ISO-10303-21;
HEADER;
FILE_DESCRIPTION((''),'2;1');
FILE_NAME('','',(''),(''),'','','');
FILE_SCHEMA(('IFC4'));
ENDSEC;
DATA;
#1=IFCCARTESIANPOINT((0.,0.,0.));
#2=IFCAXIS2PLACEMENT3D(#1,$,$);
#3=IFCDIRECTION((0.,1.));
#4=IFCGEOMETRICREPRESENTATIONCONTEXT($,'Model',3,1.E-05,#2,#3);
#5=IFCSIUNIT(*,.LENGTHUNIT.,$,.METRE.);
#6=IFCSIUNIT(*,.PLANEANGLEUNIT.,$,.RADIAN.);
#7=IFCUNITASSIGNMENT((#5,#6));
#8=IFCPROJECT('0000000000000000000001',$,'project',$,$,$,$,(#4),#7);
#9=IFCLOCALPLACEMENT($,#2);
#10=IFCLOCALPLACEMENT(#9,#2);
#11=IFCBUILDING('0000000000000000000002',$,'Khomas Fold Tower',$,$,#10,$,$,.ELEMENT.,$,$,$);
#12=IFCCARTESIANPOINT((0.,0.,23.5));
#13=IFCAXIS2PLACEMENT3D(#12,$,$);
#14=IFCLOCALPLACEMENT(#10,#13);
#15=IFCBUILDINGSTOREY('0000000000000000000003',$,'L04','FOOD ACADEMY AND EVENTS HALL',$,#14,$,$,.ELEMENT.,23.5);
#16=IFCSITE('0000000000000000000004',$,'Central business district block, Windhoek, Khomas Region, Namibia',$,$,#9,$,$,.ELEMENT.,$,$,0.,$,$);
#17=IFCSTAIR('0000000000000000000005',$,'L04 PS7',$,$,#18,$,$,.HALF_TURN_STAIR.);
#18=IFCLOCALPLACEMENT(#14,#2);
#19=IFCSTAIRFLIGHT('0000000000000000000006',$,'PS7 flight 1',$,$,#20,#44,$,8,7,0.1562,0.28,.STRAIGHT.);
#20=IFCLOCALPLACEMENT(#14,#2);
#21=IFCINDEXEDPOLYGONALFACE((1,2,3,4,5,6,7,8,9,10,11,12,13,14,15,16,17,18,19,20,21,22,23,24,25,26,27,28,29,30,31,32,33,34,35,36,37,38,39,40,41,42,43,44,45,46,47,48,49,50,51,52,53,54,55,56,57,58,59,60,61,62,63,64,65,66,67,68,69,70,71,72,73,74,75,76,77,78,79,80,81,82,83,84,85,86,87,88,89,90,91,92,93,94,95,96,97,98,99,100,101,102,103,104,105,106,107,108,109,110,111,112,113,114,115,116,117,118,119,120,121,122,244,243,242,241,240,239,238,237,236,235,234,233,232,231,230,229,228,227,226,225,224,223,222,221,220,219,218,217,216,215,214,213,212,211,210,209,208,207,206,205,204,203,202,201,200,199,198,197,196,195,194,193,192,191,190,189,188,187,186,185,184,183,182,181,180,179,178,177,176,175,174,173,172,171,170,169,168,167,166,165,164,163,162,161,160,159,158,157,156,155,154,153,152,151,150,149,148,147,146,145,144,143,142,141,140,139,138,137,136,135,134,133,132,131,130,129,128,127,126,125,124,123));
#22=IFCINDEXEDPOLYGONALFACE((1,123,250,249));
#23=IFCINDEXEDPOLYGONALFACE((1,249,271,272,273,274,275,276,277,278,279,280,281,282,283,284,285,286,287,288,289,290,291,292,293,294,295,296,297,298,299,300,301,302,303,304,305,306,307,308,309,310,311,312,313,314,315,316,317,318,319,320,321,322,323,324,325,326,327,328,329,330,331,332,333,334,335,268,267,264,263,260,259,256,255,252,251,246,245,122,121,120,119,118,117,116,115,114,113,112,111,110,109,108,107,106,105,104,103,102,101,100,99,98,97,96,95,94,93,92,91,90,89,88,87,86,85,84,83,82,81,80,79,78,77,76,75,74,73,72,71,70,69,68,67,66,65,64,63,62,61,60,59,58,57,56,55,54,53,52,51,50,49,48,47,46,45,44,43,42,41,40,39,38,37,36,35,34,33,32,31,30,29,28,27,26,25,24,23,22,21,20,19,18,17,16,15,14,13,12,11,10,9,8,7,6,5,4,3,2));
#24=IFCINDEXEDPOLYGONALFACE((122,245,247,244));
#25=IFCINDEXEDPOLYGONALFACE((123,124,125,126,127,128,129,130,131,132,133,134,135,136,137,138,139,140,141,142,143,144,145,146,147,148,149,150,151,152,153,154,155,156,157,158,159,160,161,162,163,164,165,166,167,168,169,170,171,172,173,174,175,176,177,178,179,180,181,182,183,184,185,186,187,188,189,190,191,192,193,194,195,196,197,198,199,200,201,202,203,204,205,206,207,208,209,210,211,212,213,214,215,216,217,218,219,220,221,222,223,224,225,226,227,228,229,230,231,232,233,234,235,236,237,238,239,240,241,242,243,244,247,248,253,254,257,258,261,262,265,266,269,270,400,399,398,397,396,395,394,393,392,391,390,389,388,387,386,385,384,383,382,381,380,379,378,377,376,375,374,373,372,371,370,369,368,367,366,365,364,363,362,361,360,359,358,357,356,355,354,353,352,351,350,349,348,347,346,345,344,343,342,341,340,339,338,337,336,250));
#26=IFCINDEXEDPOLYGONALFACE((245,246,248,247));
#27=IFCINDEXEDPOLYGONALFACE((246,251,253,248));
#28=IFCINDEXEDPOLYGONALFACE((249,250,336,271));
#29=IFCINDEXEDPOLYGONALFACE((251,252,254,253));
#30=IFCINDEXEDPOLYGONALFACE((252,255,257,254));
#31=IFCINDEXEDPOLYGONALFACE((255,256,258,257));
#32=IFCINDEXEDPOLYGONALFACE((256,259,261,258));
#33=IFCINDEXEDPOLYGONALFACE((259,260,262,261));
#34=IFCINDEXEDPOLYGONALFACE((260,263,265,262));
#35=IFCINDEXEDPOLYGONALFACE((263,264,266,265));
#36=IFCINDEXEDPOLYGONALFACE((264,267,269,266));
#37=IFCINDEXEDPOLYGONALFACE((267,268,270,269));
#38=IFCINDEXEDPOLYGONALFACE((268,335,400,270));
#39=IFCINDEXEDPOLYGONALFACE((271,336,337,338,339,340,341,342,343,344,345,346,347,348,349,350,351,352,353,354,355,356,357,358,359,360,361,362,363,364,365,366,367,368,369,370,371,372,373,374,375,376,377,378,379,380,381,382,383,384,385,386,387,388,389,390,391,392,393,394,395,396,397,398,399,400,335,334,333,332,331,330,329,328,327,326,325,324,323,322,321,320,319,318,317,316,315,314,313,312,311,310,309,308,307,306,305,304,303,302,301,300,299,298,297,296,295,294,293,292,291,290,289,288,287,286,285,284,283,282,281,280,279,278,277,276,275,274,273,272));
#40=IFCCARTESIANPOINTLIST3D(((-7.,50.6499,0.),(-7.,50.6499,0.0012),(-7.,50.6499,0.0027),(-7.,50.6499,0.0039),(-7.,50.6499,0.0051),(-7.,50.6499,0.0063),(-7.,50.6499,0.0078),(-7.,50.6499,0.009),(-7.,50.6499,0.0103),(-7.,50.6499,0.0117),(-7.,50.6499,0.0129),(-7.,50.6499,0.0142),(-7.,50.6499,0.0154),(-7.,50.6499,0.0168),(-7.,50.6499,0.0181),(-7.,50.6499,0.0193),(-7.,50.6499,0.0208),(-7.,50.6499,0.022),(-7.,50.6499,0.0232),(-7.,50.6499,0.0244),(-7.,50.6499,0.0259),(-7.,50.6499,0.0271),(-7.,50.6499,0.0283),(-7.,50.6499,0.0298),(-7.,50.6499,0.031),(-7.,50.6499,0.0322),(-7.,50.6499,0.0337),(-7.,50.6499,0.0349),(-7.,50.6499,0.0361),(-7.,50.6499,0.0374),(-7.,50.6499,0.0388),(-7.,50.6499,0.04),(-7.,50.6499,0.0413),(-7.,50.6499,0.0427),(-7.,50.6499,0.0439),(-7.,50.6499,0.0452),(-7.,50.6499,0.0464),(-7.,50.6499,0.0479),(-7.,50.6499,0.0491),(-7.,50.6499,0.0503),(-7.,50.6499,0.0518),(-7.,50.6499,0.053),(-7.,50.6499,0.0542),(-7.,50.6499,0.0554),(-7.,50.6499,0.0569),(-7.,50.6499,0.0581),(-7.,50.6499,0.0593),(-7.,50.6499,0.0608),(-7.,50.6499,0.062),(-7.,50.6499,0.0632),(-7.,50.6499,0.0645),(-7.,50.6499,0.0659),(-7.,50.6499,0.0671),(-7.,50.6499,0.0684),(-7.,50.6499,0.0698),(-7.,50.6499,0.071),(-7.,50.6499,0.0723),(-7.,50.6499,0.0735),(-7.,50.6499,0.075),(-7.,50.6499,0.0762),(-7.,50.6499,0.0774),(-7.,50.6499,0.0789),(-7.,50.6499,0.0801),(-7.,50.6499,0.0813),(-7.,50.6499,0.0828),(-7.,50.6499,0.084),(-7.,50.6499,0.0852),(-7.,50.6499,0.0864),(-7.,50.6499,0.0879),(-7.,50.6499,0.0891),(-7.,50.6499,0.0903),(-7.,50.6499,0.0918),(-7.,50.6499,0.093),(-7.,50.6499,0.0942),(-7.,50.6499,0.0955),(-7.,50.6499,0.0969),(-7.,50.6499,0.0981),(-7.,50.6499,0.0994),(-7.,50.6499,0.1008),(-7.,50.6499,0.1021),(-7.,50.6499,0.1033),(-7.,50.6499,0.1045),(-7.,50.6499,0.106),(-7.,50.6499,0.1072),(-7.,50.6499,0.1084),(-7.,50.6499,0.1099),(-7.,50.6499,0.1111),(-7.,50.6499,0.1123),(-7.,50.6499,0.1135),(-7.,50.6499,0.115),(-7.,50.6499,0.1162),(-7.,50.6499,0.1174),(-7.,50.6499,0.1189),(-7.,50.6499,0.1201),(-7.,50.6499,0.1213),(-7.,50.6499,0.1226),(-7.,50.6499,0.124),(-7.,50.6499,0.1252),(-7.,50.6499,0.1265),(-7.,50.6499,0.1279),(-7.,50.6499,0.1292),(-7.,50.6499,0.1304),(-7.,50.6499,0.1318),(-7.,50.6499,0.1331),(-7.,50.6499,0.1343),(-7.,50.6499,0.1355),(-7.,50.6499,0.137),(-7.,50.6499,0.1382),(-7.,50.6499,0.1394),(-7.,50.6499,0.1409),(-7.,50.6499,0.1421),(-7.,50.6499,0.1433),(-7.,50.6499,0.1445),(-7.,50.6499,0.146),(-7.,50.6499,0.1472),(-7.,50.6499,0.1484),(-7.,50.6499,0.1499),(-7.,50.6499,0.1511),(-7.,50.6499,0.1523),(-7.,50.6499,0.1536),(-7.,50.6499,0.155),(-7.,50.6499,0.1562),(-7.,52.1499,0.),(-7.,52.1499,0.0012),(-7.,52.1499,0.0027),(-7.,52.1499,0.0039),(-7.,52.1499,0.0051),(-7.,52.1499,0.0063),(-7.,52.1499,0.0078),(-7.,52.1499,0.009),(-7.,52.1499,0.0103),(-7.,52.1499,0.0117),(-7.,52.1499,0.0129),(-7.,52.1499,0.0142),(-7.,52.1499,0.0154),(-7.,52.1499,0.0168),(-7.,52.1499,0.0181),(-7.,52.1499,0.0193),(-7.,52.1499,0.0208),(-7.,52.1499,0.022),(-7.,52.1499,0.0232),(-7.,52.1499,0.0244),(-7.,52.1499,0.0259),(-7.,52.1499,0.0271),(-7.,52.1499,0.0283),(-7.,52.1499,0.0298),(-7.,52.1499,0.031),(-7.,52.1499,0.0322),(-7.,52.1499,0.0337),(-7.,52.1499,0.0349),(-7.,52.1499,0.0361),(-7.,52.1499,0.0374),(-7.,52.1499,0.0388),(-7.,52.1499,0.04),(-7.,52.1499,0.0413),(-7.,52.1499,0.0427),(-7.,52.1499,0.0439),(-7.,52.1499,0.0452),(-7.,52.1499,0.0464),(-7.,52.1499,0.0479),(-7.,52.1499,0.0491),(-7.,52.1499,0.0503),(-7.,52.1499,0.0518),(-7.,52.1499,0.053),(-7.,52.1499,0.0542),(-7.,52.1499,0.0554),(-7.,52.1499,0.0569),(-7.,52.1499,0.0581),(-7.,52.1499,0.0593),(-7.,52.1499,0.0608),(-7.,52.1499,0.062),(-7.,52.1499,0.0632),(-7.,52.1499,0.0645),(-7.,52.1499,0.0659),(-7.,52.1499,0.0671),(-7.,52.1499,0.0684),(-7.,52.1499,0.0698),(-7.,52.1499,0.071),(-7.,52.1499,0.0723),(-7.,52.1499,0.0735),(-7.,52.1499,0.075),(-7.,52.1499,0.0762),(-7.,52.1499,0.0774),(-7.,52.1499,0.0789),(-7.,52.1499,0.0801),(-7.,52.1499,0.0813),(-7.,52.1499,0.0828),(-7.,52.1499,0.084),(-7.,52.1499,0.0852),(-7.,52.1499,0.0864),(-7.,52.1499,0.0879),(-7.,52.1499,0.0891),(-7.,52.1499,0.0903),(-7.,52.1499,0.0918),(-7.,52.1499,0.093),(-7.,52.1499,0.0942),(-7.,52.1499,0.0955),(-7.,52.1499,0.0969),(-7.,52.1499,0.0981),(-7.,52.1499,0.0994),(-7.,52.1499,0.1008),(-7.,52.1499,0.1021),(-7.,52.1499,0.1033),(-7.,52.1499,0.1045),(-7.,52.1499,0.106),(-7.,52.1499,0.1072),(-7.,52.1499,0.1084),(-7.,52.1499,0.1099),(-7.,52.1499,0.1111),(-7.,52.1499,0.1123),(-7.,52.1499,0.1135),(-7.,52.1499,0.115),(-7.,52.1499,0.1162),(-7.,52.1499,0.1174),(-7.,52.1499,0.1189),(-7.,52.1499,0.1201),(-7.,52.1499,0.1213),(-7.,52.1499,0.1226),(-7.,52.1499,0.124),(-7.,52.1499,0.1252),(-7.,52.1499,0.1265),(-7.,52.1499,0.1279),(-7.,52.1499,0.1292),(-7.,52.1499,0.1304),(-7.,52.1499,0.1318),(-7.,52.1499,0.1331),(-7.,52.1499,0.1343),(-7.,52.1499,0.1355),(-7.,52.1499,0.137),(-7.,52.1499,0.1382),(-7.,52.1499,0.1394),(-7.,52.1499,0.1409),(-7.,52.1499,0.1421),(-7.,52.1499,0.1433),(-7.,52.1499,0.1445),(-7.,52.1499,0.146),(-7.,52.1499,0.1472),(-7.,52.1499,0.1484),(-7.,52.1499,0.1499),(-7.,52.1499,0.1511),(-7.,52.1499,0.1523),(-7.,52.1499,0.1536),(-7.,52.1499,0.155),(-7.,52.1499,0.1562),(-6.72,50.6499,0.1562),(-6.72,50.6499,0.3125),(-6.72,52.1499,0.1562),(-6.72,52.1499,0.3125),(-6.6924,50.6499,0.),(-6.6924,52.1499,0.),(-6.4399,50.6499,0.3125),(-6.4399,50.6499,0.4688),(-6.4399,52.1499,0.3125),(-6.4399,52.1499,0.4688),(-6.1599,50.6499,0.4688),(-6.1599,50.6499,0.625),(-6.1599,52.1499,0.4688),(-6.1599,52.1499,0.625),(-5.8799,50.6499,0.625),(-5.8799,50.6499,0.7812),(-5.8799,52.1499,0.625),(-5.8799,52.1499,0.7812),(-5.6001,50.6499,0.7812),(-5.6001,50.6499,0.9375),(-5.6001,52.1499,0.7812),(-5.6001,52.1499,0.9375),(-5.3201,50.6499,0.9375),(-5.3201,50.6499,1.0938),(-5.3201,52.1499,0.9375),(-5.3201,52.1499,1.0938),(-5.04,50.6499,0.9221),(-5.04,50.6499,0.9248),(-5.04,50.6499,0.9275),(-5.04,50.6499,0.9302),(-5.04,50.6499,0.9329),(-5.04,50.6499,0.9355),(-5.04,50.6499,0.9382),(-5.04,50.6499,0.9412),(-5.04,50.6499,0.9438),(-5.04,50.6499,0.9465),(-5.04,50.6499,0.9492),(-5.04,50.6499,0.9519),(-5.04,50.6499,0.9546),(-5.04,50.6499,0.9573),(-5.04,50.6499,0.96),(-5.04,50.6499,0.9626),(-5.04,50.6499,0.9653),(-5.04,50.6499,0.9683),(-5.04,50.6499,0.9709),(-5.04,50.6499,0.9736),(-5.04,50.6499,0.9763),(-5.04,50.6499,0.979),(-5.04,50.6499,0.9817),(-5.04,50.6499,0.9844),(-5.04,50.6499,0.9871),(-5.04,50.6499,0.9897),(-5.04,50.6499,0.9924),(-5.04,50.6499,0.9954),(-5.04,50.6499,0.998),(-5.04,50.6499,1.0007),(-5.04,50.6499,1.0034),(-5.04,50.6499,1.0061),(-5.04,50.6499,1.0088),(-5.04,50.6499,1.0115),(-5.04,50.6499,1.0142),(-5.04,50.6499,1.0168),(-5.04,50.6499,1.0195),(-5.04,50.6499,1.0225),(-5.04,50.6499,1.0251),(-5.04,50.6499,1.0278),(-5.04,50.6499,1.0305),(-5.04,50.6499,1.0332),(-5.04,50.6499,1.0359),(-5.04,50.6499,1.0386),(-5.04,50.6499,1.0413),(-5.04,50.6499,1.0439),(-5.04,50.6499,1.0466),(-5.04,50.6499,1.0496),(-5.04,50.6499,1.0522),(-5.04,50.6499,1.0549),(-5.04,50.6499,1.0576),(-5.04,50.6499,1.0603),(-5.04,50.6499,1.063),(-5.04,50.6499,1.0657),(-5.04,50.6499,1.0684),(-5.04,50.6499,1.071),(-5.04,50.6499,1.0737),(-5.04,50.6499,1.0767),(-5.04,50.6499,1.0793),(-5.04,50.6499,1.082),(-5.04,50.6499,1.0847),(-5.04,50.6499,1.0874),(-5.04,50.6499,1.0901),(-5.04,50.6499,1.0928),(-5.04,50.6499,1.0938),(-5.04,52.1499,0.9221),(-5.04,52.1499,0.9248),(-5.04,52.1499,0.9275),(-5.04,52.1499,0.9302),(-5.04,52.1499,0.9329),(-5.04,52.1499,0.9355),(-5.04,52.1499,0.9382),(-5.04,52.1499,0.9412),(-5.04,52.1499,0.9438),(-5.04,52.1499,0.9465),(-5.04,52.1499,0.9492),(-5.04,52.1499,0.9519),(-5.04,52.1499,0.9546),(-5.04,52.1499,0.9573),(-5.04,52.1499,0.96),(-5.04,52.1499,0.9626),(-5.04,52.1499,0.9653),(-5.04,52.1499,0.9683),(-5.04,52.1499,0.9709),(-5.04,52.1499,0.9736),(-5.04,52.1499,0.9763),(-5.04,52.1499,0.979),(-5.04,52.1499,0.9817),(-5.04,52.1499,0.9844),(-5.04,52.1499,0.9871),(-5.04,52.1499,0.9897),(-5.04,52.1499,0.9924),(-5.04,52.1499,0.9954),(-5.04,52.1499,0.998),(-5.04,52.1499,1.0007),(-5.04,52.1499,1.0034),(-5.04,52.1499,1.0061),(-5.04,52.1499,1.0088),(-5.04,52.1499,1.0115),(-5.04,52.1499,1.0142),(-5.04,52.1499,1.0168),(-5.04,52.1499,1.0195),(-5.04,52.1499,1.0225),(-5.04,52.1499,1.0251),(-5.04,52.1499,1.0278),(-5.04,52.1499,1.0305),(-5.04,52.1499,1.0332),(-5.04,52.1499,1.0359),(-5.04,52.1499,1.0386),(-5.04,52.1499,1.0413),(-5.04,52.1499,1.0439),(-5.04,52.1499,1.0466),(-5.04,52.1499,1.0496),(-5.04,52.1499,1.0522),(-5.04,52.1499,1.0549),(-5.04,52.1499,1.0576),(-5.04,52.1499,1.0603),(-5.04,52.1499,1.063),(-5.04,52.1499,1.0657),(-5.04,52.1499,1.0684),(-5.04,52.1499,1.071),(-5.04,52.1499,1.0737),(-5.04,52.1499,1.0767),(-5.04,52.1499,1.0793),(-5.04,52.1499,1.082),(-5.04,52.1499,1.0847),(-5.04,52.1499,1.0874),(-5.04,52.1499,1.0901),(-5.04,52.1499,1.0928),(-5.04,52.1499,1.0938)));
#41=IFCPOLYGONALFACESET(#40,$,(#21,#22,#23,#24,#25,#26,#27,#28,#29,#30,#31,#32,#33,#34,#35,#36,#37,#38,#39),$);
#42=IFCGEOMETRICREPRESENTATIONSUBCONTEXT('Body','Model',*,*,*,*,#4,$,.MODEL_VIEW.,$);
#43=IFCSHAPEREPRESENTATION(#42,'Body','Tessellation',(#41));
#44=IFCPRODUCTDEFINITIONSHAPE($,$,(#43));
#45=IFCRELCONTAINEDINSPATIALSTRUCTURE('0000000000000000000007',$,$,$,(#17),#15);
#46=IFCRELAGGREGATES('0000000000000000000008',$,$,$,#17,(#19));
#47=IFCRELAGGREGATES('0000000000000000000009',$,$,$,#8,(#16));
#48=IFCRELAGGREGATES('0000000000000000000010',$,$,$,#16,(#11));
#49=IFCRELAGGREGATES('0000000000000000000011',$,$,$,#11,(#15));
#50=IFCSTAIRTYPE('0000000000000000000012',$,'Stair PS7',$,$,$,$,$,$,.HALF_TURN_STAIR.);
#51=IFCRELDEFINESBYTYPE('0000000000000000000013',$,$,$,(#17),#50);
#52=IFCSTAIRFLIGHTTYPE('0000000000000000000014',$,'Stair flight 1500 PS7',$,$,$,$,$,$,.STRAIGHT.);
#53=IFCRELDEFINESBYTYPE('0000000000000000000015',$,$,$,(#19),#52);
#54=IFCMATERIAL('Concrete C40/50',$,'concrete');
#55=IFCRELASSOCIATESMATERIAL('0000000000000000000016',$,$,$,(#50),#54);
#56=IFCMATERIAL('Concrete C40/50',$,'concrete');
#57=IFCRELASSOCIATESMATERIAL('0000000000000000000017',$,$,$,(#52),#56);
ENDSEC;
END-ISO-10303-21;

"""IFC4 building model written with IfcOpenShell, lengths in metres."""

from ifc_helpers import new_model, si_unit, direction, frame, origin, place, context, subcontext, project, spatial, polyline, outline, extrude, source, transform, mapped, material, type_object, element, aggregate, save


model = new_model("IFC4")

# Units and contexts
model_context = context("Model", 3, precision=1e-05, world=origin(), true_north=direction((0.0, 1.0)))
body_context = subcontext(model_context, "Body", "Model", "MODEL_VIEW")
ifc_project = project(units=[si_unit("LENGTHUNIT", "METRE"), si_unit("PLANEANGLEUNIT", "RADIAN")], contexts=[model_context])

# Site, building, storey
site_placement = place(None, origin())
site = spatial("IfcSite", under=ifc_project, at=site_placement, Name="Central business district block, Windhoek, Khomas Region, Namibia", CompositionType="ELEMENT", RefElevation=0.0)
building_placement = place(site_placement, origin())
building = spatial("IfcBuilding", under=site, at=building_placement, Name="Khomas Fold Tower", CompositionType="ELEMENT")
storey_placement = place(building_placement, frame((0.0, 0.0, 23.5)))
storey = spatial("IfcBuildingStorey", under=building, at=storey_placement, Name="L04", Description="FOOD ACADEMY AND EVENTS HALL", CompositionType="ELEMENT", Elevation=23.5)

# Stair, stair flight
ifc_material_1 = material(Name="Concrete C40/50", Category="concrete")
stair_type_1 = type_object("IfcStairType", Name="Stair PS7", PredefinedType="HALF_TURN_STAIR", material=ifc_material_1)
stair_1_placement = place(storey_placement, origin())
stair_1 = element("IfcStair", 1, at=stair_1_placement, inside=storey, type_object=stair_type_1, Name="L04 PS7", PredefinedType="HALF_TURN_STAIR")
ifc_material_2 = material(Name="Concrete C40/50", Category="concrete")
stair_flight_type_1 = type_object("IfcStairFlightType", Name="Stair flight 1500 PS7", PredefinedType="STRAIGHT", material=ifc_material_2)
shared_shape_1 = source(origin(), body_context, "Body", "SweptSolid", [
    extrude(outline(polyline([(0.0, 0.0), (0.0, 0.0012), (0.0, 0.0027), (0.0, 0.0039), (0.0, 0.0051), (0.0, 0.0063), (0.0, 0.0078), (0.0, 0.009), (0.0, 0.0103), (0.0, 0.0117), (0.0, 0.0129), (0.0, 0.0142), (0.0, 0.0154), (0.0, 0.0168), (0.0, 0.0181), (0.0, 0.0193), (0.0, 0.0208), (0.0, 0.022), (0.0, 0.0232), (0.0, 0.0244), (0.0, 0.0259), (0.0, 0.0271), (0.0, 0.0283), (0.0, 0.0298), (0.0, 0.031), (0.0, 0.0322), (0.0, 0.0337), (0.0, 0.0349), (0.0, 0.0361), (0.0, 0.0374), (0.0, 0.0388), (0.0, 0.04), (0.0, 0.0413), (0.0, 0.0427), (0.0, 0.0439), (0.0, 0.0452), (0.0, 0.0464), (0.0, 0.0479), (0.0, 0.0491), (0.0, 0.0503), (0.0, 0.0518), (0.0, 0.053), (0.0, 0.0542), (0.0, 0.0554), (0.0, 0.0569), (0.0, 0.0581), (0.0, 0.0593), (0.0, 0.0608), (0.0, 0.062), (0.0, 0.0632), (0.0, 0.0645), (0.0, 0.0659), (0.0, 0.0671), (0.0, 0.0684), (0.0, 0.0698), (0.0, 0.071), (0.0, 0.0723), (0.0, 0.0735), (0.0, 0.075), (0.0, 0.0762), (0.0, 0.0774), (0.0, 0.0789), (0.0, 0.0801), (0.0, 0.0813), (0.0, 0.0828), (0.0, 0.084), (0.0, 0.0852), (0.0, 0.0864), (0.0, 0.0879), (0.0, 0.0891), (0.0, 0.0903), (0.0, 0.0918), (0.0, 0.093), (0.0, 0.0942), (0.0, 0.0955), (0.0, 0.0969), (0.0, 0.0981), (0.0, 0.0994), (0.0, 0.1008), (0.0, 0.1021), (0.0, 0.1033), (0.0, 0.1045), (0.0, 0.106), (0.0, 0.1072), (0.0, 0.1084), (0.0, 0.1099), (0.0, 0.1111), (0.0, 0.1123), (0.0, 0.1135), (0.0, 0.115), (0.0, 0.1162), (0.0, 0.1174), (0.0, 0.1189), (0.0, 0.1201), (0.0, 0.1213), (0.0, 0.1226), (0.0, 0.124), (0.0, 0.1252), (0.0, 0.1265), (0.0, 0.1279), (0.0, 0.1292), (0.0, 0.1304), (0.0, 0.1318), (0.0, 0.1331), (0.0, 0.1343), (0.0, 0.1355), (0.0, 0.137), (0.0, 0.1382), (0.0, 0.1394), (0.0, 0.1409), (0.0, 0.1421), (0.0, 0.1433), (0.0, 0.1445), (0.0, 0.146), (0.0, 0.1472), (0.0, 0.1484), (0.0, 0.1499), (0.0, 0.1511), (0.0, 0.1523), (0.0, 0.1536), (0.0, 0.155), (0.0, 0.1562), (0.28, 0.1562), (0.28, 0.3125), (0.5601, 0.3125), (0.5601, 0.4688), (0.8401, 0.4688), (0.8401, 0.625), (1.1201, 0.625), (1.1201, 0.7812), (1.3999, 0.7812), (1.3999, 0.9375), (1.6799, 0.9375), (1.6799, 1.0938), (1.96, 1.0938), (1.96, 1.25), (1.96, 1.2473), (1.96, 1.2446), (1.96, 1.2419), (1.96, 1.2393), (1.96, 1.2363), (1.96, 1.2336), (1.96, 1.231), (1.96, 1.2283), (1.96, 1.2256), (1.96, 1.2229), (1.96, 1.2202), (1.96, 1.2175), (1.96, 1.2148), (1.96, 1.2122), (1.96, 1.2092), (1.96, 1.2065), (1.96, 1.2039), (1.96, 1.2012), (1.96, 1.1985), (1.96, 1.1958), (1.96, 1.1931), (1.96, 1.1904), (1.96, 1.1877), (1.96, 1.1851), (1.96, 1.1821), (1.96, 1.1794), (1.96, 1.1768), (1.96, 1.1741), (1.96, 1.1714), (1.96, 1.1687), (1.96, 1.166), (1.96, 1.1633), (1.96, 1.1606), (1.96, 1.158), (1.96, 1.155), (1.96, 1.1523), (1.96, 1.1497), (1.96, 1.147), (1.96, 1.1443), (1.96, 1.1416), (1.96, 1.1389), (1.96, 1.1362), (1.96, 1.1335), (1.96, 1.1309), (1.96, 1.1279), (1.96, 1.1252), (1.96, 1.1226), (1.96, 1.1199), (1.96, 1.1172), (1.96, 1.1145), (1.96, 1.1118), (1.96, 1.1091), (1.96, 1.1064), (1.96, 1.1038), (1.96, 1.1008), (1.96, 1.0981), (1.96, 1.0955), (1.96, 1.0928), (1.96, 1.0901), (1.96, 1.0874), (1.96, 1.0847), (1.96, 1.082), (1.96, 1.0793), (1.96, 1.0767), (1.96, 1.0737), (1.96, 1.071), (1.96, 1.0684), (1.96, 1.0657), (1.96, 1.063), (1.96, 1.0603), (1.96, 1.0576), (1.96, 1.0549), (1.96, 1.0522), (1.96, 1.0496), (1.96, 1.0466), (1.96, 1.0439), (1.96, 1.0413), (1.96, 1.0386), (1.96, 1.0359), (1.96, 1.0332), (1.96, 1.0305), (1.96, 1.0278), (1.96, 1.0251), (1.96, 1.0225), (1.96, 1.0195), (1.96, 1.0168), (1.96, 1.0142), (1.96, 1.0115), (1.96, 1.0088), (1.96, 1.0061), (1.96, 1.0034), (1.96, 1.0007), (1.96, 0.998), (1.96, 0.9954), (1.96, 0.9924), (1.96, 0.9897), (1.96, 0.9871), (1.96, 0.9844), (1.96, 0.9817), (1.96, 0.979), (1.96, 0.9763), (1.96, 0.9736), (1.96, 0.9709), (1.96, 0.9683), (1.96, 0.9653), (1.96, 0.9626), (1.96, 0.96), (1.96, 0.9573), (1.96, 0.9546), (1.96, 0.9519), (1.96, 0.9492), (1.96, 0.9465), (1.96, 0.9438), (1.96, 0.9412), (1.96, 0.9382), (1.96, 0.9355), (1.96, 0.9329), (1.96, 0.9302), (1.96, 0.9275), (1.96, 0.9248), (1.96, 0.9221), (0.3076, 0.0), (0.0, 0.0)])), frame((0.0, 0.75, 0.0), z_axis=(0.0, -1.0, 0.0), x_axis=(1.0, 0.0, 0.0)), (0.0, 0.0, 1.0), 1.5),
])
stair_flight_1_placement = place(storey_placement, frame((-7.0, 51.3999, 0.0), z_axis=(0.0, 0.0, 1.0), x_axis=(1.0, 0.0, 0.0)))
stair_flight_1 = element("IfcStairFlight", 2, at=stair_flight_1_placement, type_object=stair_flight_type_1, Name="PS7 flight 1", NumberOfRisers=8, NumberOfTreads=7, PredefinedType="STRAIGHT", RiserHeight=0.1562, TreadLength=0.28, context=body_context, shape_type="MappedRepresentation", body=[
    mapped(shared_shape_1, transform((0.0, 0.0, 0.0))),
])
aggregate(stair_1, [stair_flight_1])

save(model, "model.ifc")
